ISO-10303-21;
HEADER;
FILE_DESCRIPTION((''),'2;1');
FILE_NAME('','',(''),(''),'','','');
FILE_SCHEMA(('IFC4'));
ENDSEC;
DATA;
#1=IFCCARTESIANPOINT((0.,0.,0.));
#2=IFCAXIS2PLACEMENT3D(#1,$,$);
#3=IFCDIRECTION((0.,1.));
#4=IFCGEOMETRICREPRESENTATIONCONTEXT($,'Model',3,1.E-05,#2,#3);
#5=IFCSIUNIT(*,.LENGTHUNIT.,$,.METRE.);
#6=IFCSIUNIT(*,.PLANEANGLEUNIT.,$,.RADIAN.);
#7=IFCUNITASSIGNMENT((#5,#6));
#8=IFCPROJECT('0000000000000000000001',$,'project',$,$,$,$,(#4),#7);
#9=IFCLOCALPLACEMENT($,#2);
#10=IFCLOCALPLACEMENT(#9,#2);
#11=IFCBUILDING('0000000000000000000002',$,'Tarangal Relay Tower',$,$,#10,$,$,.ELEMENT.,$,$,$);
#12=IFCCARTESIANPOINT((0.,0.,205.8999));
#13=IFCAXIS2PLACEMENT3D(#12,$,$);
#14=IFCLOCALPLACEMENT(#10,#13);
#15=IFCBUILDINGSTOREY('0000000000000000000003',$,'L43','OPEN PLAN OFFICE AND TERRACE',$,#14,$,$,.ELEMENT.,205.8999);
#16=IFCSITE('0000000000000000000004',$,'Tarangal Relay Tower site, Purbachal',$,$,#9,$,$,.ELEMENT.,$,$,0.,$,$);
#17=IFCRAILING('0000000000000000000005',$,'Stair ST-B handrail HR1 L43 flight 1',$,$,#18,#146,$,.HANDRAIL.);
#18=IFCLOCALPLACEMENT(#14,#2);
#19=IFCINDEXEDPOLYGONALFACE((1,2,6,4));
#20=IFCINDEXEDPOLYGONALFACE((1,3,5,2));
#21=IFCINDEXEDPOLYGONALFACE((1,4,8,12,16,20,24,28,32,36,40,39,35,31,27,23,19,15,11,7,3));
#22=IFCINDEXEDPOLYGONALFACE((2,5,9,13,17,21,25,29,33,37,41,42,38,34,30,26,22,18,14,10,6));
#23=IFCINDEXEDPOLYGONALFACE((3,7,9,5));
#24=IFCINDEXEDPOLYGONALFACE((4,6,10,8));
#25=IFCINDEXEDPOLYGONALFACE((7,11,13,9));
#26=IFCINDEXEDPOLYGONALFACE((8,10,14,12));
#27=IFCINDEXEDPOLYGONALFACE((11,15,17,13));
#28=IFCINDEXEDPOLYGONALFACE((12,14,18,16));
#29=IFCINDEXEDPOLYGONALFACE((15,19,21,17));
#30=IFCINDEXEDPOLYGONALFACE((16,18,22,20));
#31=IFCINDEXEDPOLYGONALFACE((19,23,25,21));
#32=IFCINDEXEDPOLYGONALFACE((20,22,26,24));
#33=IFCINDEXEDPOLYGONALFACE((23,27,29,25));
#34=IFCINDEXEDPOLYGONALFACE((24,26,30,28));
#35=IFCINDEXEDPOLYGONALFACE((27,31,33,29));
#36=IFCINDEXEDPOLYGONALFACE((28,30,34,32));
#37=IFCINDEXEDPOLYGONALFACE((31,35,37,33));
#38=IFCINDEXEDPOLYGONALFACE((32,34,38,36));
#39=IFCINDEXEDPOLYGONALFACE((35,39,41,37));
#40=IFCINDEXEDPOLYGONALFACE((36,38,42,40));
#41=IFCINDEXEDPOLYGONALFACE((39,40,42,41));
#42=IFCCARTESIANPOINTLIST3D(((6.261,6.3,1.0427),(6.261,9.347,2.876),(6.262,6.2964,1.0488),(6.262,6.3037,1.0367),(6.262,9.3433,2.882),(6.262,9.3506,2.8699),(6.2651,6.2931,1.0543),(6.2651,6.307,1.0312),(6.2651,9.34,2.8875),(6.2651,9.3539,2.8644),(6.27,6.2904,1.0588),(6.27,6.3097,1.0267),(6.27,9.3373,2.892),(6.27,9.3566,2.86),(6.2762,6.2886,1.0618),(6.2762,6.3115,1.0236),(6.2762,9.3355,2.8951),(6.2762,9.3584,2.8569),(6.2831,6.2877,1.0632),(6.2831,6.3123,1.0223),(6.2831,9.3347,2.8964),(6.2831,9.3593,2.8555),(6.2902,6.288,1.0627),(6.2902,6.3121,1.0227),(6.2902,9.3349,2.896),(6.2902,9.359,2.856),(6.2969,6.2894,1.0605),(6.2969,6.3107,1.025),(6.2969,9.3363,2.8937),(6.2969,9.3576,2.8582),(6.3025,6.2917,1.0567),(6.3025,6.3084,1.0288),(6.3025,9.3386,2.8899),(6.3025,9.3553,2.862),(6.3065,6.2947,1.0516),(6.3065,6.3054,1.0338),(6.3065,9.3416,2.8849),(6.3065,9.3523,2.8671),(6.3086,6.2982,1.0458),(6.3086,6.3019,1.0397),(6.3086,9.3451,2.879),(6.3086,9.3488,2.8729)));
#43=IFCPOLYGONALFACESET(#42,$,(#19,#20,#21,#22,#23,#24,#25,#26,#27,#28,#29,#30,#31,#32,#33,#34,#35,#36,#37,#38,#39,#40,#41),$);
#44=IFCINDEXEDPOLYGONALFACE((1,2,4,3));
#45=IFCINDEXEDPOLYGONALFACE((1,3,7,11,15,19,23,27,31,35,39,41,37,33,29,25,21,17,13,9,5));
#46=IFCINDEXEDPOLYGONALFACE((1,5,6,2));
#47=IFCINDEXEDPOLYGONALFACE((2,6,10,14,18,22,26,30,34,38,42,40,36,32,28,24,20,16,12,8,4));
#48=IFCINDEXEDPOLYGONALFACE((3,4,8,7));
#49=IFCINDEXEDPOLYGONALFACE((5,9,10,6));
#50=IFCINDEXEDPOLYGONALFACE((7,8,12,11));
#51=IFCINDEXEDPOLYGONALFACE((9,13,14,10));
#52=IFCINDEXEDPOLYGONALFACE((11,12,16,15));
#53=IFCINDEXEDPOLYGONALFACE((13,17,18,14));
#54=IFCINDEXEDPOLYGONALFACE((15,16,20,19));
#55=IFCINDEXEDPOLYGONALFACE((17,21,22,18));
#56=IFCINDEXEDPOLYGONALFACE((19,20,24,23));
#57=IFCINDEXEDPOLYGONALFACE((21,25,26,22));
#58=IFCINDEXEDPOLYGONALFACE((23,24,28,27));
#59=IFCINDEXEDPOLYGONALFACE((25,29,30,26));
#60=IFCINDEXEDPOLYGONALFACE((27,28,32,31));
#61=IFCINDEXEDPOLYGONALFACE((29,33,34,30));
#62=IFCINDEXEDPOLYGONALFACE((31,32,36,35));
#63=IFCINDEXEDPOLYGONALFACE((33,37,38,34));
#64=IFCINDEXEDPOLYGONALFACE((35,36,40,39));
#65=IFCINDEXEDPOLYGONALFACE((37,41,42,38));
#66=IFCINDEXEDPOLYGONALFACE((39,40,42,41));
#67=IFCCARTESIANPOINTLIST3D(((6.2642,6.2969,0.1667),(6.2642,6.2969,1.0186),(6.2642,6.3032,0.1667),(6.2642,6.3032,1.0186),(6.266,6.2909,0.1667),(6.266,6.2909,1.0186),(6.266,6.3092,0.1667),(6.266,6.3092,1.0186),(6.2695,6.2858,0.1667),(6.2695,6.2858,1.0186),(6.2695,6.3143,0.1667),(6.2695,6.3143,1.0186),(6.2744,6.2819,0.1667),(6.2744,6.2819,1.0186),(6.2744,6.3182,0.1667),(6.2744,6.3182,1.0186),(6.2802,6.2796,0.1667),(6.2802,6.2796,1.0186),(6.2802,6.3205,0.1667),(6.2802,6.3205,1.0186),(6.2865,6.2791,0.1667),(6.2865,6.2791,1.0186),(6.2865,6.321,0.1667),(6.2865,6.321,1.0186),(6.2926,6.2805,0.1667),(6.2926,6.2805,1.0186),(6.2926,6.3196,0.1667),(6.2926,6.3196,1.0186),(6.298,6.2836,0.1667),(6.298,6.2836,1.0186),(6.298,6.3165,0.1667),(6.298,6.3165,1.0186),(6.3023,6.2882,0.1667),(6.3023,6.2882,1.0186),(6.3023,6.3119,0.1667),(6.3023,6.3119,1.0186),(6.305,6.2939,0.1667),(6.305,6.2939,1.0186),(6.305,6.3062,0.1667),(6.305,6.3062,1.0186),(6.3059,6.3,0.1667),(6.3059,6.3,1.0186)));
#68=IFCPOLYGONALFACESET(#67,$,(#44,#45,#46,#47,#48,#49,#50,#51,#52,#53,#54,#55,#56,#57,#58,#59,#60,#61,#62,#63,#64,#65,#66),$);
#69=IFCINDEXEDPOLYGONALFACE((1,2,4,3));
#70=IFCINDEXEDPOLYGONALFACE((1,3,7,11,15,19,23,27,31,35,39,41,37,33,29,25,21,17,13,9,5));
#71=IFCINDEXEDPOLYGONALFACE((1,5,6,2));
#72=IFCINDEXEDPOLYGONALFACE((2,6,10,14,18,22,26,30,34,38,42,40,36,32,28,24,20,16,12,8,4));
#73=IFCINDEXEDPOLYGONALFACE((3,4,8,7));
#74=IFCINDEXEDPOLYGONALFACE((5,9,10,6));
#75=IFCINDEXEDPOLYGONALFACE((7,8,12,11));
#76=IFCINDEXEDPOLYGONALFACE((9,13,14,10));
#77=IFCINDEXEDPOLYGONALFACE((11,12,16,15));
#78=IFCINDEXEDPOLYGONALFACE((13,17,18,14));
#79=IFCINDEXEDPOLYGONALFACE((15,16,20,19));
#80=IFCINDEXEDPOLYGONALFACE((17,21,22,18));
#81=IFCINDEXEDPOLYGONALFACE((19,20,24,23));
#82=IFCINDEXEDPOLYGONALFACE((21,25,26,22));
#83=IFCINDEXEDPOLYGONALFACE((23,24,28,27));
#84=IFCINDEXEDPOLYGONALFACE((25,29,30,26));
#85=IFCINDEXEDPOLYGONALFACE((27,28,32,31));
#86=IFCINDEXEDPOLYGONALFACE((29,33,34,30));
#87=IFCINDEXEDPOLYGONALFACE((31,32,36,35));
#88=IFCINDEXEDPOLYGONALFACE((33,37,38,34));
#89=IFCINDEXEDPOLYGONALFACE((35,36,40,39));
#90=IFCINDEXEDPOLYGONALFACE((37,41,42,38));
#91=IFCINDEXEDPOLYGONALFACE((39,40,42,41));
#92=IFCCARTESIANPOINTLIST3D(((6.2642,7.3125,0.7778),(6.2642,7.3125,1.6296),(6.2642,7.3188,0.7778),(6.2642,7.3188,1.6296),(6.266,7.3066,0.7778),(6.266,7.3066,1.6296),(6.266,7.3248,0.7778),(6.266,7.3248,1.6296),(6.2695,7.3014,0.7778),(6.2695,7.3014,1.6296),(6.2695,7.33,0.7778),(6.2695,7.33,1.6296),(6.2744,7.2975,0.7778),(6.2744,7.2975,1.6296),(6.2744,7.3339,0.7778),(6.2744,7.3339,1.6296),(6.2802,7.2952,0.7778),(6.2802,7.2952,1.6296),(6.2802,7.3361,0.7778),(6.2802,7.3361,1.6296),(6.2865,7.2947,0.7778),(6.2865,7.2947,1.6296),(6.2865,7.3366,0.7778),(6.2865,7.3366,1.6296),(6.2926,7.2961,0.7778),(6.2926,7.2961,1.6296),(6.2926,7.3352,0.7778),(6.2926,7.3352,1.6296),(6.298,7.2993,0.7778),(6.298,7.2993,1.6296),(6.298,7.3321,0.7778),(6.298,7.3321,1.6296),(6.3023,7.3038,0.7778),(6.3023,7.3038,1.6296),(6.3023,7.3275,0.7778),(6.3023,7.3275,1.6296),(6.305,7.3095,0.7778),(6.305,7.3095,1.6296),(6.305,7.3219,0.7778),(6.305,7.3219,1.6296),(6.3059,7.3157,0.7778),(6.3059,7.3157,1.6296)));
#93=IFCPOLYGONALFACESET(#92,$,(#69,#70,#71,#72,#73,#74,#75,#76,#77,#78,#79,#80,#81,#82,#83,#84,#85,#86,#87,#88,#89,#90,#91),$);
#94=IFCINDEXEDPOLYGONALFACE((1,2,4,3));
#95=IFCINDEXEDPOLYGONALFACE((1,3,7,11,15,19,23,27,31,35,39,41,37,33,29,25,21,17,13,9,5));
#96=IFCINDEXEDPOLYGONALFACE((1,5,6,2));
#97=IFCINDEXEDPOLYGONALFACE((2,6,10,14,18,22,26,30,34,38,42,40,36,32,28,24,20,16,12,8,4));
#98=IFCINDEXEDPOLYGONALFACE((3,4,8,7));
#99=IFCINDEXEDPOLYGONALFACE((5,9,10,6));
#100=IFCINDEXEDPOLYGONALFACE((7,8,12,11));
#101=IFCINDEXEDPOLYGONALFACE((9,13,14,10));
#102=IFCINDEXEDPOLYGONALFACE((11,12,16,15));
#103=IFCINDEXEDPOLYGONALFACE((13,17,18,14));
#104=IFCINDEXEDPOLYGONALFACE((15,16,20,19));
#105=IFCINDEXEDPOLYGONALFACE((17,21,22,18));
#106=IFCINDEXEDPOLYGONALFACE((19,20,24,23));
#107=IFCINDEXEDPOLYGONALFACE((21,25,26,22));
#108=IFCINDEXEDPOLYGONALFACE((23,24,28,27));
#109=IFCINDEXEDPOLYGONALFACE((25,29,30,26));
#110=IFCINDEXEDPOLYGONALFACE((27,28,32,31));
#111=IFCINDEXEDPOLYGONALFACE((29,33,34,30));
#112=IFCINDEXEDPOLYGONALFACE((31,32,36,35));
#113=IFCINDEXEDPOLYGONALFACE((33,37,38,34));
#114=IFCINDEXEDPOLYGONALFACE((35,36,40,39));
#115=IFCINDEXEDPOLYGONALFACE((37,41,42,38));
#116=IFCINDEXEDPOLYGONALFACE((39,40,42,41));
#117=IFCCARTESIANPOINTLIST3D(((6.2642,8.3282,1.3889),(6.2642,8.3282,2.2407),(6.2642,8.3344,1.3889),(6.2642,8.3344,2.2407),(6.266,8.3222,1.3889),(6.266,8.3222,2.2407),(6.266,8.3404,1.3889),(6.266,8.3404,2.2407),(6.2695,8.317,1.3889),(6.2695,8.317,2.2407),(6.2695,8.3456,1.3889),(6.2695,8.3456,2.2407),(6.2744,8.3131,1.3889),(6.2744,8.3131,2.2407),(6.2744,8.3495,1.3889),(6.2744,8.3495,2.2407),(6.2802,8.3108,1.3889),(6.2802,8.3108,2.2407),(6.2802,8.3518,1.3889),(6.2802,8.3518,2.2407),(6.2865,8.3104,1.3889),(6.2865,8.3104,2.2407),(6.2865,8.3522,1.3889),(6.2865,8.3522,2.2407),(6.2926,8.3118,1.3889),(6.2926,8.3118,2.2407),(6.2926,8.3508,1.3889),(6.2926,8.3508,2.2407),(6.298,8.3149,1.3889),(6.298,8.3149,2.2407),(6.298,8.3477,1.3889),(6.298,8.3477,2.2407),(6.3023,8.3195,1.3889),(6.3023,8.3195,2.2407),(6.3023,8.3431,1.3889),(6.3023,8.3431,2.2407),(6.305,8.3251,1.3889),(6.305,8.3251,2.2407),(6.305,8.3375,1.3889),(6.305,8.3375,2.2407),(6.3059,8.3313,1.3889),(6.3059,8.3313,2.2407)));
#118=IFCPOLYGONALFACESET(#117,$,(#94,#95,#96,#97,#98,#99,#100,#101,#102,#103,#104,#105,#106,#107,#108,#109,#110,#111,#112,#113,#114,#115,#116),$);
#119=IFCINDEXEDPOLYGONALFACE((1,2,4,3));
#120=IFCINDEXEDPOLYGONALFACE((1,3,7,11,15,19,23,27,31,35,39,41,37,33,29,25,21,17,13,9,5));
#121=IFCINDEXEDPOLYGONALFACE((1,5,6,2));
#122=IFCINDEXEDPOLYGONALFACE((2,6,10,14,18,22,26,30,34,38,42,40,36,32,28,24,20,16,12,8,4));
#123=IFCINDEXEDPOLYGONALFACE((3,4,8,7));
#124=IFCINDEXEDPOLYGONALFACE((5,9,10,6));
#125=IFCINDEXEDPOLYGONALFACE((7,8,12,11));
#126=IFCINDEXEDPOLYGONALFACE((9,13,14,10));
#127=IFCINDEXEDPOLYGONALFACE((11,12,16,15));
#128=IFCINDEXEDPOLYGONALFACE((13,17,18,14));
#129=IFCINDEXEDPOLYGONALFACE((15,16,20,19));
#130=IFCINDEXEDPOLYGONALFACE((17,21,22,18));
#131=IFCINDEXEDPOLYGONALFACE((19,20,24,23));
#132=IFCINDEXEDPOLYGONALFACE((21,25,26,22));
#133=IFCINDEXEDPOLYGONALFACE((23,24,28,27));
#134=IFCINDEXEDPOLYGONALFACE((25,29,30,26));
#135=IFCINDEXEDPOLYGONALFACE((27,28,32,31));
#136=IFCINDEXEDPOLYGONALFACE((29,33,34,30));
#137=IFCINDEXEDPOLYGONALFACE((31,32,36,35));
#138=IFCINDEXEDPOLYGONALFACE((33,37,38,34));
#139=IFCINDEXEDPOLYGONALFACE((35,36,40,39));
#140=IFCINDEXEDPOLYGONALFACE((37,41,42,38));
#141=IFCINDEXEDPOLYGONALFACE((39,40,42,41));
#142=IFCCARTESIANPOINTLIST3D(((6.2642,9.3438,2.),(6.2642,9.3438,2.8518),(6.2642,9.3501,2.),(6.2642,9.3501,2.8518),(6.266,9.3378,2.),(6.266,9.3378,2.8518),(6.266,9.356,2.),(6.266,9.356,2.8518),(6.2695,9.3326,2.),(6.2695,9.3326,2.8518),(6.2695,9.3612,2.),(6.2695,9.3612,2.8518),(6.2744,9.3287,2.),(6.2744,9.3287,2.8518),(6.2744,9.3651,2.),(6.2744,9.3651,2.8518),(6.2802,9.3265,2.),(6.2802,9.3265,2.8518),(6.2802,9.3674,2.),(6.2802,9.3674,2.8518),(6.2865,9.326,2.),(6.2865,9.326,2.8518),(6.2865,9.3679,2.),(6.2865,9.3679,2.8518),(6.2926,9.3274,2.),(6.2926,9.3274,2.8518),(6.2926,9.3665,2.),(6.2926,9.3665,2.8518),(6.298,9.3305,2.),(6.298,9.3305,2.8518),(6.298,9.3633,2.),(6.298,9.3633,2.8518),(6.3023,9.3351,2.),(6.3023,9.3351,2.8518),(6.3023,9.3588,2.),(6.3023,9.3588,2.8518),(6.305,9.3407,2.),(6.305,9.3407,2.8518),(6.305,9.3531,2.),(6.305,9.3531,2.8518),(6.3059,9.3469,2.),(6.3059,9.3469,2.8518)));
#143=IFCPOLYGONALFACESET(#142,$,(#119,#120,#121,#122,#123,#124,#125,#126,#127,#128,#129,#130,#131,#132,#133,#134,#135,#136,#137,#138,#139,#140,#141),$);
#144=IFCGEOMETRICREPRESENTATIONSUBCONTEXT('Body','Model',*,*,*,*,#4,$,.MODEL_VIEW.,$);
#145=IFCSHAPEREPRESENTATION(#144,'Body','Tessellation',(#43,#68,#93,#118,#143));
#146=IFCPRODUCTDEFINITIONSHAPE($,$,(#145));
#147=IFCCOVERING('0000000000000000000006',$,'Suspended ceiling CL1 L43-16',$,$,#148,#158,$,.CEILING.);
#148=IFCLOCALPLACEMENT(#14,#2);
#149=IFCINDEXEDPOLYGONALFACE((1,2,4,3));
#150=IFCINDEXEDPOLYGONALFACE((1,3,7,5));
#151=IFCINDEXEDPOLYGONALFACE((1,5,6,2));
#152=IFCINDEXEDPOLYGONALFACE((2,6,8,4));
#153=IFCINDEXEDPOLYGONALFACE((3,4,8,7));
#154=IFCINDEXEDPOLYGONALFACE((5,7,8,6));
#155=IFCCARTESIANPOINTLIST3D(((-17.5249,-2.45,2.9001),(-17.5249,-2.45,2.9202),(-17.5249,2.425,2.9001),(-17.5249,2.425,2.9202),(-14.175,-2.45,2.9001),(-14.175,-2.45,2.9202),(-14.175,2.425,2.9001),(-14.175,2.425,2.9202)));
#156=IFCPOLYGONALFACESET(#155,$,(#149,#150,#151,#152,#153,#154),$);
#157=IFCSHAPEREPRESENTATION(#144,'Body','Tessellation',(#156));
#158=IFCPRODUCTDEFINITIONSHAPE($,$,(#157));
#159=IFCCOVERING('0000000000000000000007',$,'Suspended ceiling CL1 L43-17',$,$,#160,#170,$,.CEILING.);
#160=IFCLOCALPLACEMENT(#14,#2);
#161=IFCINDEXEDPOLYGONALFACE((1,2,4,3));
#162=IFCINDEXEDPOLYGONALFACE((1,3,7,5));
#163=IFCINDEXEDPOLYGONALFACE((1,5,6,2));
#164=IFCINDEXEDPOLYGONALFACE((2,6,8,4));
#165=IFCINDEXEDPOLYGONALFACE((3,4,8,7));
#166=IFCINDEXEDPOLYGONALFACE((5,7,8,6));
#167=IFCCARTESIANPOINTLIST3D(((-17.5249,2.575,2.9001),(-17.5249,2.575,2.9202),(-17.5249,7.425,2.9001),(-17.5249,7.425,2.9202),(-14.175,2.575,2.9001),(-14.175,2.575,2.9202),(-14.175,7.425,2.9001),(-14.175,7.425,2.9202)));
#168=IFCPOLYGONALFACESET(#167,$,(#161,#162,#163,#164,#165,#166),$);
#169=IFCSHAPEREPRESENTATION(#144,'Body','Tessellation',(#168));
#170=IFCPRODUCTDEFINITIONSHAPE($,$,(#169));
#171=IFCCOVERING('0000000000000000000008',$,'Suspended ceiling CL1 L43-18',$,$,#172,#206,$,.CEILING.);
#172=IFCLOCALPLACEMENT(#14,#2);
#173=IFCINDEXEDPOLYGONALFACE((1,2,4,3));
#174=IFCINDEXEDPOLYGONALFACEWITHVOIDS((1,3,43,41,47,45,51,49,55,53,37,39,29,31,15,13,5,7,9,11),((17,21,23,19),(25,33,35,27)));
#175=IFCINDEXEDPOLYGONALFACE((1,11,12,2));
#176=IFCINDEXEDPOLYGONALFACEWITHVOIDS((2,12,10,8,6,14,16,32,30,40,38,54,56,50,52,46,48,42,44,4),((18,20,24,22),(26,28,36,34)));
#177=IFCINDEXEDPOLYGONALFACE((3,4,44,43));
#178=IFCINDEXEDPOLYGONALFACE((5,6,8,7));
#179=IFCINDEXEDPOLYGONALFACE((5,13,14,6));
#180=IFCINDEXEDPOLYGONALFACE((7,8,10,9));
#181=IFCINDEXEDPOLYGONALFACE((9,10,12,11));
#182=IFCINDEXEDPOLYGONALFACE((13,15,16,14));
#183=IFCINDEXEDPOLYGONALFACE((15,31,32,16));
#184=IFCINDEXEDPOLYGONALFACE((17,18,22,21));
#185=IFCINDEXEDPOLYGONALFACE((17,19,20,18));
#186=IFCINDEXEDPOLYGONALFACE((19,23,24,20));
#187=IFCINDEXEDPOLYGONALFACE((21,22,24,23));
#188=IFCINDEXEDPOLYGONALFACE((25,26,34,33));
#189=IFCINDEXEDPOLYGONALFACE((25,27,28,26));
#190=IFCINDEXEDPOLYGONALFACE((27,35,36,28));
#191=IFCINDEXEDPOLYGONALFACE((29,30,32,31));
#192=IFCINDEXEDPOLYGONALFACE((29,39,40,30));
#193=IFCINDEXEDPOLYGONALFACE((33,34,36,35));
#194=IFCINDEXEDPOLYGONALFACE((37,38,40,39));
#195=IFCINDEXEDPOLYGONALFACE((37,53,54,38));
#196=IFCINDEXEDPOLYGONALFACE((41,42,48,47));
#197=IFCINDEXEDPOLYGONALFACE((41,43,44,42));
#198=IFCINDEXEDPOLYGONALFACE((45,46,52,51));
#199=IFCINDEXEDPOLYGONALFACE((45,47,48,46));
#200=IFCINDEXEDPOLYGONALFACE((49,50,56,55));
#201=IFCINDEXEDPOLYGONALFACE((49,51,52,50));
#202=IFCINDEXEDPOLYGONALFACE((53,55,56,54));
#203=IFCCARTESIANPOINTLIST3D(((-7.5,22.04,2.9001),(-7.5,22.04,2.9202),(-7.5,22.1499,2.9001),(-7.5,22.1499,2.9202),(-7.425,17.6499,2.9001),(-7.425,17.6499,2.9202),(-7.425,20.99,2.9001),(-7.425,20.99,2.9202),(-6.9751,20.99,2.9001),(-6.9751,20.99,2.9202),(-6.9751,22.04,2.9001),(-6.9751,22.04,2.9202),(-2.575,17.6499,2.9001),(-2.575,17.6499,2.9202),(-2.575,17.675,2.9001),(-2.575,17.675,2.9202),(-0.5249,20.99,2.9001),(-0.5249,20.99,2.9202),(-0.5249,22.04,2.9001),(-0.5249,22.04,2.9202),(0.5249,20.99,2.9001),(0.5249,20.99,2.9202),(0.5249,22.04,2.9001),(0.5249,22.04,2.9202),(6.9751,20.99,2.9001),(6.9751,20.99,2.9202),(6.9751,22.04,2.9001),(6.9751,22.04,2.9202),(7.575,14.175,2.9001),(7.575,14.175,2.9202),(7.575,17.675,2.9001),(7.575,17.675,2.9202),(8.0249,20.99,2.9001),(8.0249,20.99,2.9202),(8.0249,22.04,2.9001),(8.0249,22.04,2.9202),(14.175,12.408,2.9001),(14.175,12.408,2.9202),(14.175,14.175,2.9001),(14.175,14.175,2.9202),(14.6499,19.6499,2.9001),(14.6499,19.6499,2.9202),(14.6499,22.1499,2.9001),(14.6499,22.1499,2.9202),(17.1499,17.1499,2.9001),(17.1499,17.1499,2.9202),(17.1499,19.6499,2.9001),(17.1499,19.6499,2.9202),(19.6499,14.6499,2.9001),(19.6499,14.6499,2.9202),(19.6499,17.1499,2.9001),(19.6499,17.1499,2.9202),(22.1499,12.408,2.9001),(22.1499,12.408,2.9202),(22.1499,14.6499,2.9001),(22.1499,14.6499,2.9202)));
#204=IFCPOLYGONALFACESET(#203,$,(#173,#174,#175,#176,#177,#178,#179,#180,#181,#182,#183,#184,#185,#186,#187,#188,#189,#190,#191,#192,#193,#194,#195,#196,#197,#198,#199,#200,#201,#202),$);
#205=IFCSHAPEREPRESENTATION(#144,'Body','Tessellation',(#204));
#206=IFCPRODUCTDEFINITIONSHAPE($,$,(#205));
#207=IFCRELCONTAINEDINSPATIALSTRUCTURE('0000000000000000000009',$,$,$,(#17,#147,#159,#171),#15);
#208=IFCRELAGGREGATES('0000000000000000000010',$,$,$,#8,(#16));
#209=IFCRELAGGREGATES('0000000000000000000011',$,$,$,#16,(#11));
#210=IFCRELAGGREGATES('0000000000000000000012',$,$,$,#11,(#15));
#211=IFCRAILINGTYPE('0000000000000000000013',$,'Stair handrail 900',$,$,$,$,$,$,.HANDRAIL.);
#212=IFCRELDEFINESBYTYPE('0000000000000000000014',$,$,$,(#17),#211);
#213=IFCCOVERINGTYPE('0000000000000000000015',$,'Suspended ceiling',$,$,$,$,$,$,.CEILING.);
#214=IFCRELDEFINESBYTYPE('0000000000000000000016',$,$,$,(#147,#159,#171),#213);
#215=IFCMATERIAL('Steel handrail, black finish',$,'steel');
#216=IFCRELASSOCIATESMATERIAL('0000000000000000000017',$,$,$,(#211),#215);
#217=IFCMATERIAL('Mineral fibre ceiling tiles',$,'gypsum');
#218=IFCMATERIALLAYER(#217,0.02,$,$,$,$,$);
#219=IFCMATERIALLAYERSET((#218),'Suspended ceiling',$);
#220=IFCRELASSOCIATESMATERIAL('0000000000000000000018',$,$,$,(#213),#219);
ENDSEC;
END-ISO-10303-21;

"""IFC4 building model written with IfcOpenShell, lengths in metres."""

from ifc_helpers import new_model, si_unit, direction, frame, origin, origin_2d, place, context, subcontext, project, spatial, polyline, circle, outline, extrude, material, layer, layer_set, type_object, element, save


model = new_model("IFC4")

# Units and contexts
model_context = context("Model", 3, precision=1e-05, world=origin(), true_north=direction((0.0, 1.0)))
body_context = subcontext(model_context, "Body", "Model", "MODEL_VIEW")
ifc_project = project(units=[si_unit("LENGTHUNIT", "METRE"), si_unit("PLANEANGLEUNIT", "RADIAN")], contexts=[model_context])

# Site, building, storey
site_placement = place(None, origin())
site = spatial("IfcSite", under=ifc_project, at=site_placement, Name="Tarangal Relay Tower site, Purbachal", CompositionType="ELEMENT", RefElevation=0.0)
building_placement = place(site_placement, origin())
building = spatial("IfcBuilding", under=site, at=building_placement, Name="Tarangal Relay Tower", CompositionType="ELEMENT")
storey_placement = place(building_placement, frame((0.0, 0.0, 205.8999)))
storey = spatial("IfcBuildingStorey", under=building, at=storey_placement, Name="L43", Description="OPEN PLAN OFFICE AND TERRACE", CompositionType="ELEMENT", Elevation=205.8999)

# Railing
ifc_material_1 = material(Name="Steel handrail, black finish", Category="steel")
railing_type_1 = type_object("IfcRailingType", Name="Stair handrail 900", PredefinedType="HANDRAIL", material=ifc_material_1)
railing_1_placement = place(storey_placement, frame((6.2849, 6.3, 0.1667)))
element("IfcRailing", 1, at=railing_1_placement, inside=storey, type_object=railing_type_1, Name="Stair ST-B handrail HR1 L43 flight 1", PredefinedType="HANDRAIL", context=body_context, shape_type="SweptSolid", body=[
    extrude(circle(Radius=0.0239, at=origin_2d()), frame((0.0, 0.0, 0.876), z_axis=(0.0, 0.856856, 0.515556), x_axis=(-1.0, 0.0, 0.0)), (0.0, 0.0, 1.0), 3.5559),
    extrude(circle(Radius=0.021, at=origin_2d()), origin(), (0.0, 0.0, 1.0), 0.8518),
    extrude(circle(Radius=0.021, at=origin_2d()), frame((0.0, 1.0156, 0.6111)), (0.0, 0.0, 1.0), 0.8518),
    extrude(circle(Radius=0.021, at=origin_2d()), frame((0.0, 2.0312, 1.2222)), (0.0, 0.0, 1.0), 0.8518),
    extrude(circle(Radius=0.021, at=origin_2d()), frame((0.0, 3.0469, 1.8333)), (0.0, 0.0, 1.0), 0.8518),
])

# Coverings
ifc_material_2 = material(Name="Mineral fibre ceiling tiles", Category="gypsum")
ifc_layer_1 = layer(ifc_material_2, 0.02)
ifc_layer_set_1 = layer_set([ifc_layer_1], Name="Suspended ceiling")
covering_type = type_object("IfcCoveringType", Name="Suspended ceiling", PredefinedType="CEILING", material=ifc_layer_set_1)
covering_1_placement = place(storey_placement, frame((0.0, 0.0, 2.9001)))
element("IfcCovering", 2, at=covering_1_placement, inside=storey, type_object=covering_type, Name="Suspended ceiling CL1 L43-16", PredefinedType="CEILING", context=body_context, shape_type="SweptSolid", body=[
    extrude(outline(polyline([(-14.175, 2.425), (-17.5249, 2.425), (-17.5249, -2.45), (-14.175, -2.45), (-14.175, 2.425)])), origin(), (0.0, 0.0, 1.0), 0.02),
])
covering_2_placement = place(storey_placement, frame((0.0, 0.0, 2.9001)))
element("IfcCovering", 3, at=covering_2_placement, inside=storey, type_object=covering_type, Name="Suspended ceiling CL1 L43-17", PredefinedType="CEILING", context=body_context, shape_type="SweptSolid", body=[
    extrude(outline(polyline([(-14.175, 2.575), (-14.175, 7.425), (-17.5249, 7.425), (-17.5249, 2.575), (-14.175, 2.575)])), origin(), (0.0, 0.0, 1.0), 0.02),
])
covering_3_placement = place(storey_placement, frame((0.0, 0.0, 2.9001)))
element("IfcCovering", 4, at=covering_3_placement, inside=storey, type_object=covering_type, Name="Suspended ceiling CL1 L43-18", PredefinedType="CEILING", context=body_context, shape_type="SweptSolid", body=[
    extrude(outline(polyline([(-7.5, 22.1499), (-7.5, 22.04), (-6.9751, 22.04), (-6.9751, 20.99), (-7.425, 20.99), (-7.425, 17.6499), (-2.575, 17.6499), (-2.575, 17.675), (7.575, 17.675), (7.575, 14.175), (14.175, 14.175), (14.175, 12.408), (22.1499, 12.408), (22.1499, 14.6499), (19.6499, 14.6499), (19.6499, 17.1499), (17.1499, 17.1499), (17.1499, 19.6499), (14.6499, 19.6499), (14.6499, 22.1499), (-7.5, 22.1499)]), holes=[polyline([(-0.5249, 20.99), (0.5249, 20.99), (0.5249, 22.04), (-0.5249, 22.04), (-0.5249, 20.99)]), polyline([(6.9751, 20.99), (8.0249, 20.99), (8.0249, 22.04), (6.9751, 22.04), (6.9751, 20.99)])]), origin(), (0.0, 0.0, 1.0), 0.02),
])

save(model, "model.ifc")
